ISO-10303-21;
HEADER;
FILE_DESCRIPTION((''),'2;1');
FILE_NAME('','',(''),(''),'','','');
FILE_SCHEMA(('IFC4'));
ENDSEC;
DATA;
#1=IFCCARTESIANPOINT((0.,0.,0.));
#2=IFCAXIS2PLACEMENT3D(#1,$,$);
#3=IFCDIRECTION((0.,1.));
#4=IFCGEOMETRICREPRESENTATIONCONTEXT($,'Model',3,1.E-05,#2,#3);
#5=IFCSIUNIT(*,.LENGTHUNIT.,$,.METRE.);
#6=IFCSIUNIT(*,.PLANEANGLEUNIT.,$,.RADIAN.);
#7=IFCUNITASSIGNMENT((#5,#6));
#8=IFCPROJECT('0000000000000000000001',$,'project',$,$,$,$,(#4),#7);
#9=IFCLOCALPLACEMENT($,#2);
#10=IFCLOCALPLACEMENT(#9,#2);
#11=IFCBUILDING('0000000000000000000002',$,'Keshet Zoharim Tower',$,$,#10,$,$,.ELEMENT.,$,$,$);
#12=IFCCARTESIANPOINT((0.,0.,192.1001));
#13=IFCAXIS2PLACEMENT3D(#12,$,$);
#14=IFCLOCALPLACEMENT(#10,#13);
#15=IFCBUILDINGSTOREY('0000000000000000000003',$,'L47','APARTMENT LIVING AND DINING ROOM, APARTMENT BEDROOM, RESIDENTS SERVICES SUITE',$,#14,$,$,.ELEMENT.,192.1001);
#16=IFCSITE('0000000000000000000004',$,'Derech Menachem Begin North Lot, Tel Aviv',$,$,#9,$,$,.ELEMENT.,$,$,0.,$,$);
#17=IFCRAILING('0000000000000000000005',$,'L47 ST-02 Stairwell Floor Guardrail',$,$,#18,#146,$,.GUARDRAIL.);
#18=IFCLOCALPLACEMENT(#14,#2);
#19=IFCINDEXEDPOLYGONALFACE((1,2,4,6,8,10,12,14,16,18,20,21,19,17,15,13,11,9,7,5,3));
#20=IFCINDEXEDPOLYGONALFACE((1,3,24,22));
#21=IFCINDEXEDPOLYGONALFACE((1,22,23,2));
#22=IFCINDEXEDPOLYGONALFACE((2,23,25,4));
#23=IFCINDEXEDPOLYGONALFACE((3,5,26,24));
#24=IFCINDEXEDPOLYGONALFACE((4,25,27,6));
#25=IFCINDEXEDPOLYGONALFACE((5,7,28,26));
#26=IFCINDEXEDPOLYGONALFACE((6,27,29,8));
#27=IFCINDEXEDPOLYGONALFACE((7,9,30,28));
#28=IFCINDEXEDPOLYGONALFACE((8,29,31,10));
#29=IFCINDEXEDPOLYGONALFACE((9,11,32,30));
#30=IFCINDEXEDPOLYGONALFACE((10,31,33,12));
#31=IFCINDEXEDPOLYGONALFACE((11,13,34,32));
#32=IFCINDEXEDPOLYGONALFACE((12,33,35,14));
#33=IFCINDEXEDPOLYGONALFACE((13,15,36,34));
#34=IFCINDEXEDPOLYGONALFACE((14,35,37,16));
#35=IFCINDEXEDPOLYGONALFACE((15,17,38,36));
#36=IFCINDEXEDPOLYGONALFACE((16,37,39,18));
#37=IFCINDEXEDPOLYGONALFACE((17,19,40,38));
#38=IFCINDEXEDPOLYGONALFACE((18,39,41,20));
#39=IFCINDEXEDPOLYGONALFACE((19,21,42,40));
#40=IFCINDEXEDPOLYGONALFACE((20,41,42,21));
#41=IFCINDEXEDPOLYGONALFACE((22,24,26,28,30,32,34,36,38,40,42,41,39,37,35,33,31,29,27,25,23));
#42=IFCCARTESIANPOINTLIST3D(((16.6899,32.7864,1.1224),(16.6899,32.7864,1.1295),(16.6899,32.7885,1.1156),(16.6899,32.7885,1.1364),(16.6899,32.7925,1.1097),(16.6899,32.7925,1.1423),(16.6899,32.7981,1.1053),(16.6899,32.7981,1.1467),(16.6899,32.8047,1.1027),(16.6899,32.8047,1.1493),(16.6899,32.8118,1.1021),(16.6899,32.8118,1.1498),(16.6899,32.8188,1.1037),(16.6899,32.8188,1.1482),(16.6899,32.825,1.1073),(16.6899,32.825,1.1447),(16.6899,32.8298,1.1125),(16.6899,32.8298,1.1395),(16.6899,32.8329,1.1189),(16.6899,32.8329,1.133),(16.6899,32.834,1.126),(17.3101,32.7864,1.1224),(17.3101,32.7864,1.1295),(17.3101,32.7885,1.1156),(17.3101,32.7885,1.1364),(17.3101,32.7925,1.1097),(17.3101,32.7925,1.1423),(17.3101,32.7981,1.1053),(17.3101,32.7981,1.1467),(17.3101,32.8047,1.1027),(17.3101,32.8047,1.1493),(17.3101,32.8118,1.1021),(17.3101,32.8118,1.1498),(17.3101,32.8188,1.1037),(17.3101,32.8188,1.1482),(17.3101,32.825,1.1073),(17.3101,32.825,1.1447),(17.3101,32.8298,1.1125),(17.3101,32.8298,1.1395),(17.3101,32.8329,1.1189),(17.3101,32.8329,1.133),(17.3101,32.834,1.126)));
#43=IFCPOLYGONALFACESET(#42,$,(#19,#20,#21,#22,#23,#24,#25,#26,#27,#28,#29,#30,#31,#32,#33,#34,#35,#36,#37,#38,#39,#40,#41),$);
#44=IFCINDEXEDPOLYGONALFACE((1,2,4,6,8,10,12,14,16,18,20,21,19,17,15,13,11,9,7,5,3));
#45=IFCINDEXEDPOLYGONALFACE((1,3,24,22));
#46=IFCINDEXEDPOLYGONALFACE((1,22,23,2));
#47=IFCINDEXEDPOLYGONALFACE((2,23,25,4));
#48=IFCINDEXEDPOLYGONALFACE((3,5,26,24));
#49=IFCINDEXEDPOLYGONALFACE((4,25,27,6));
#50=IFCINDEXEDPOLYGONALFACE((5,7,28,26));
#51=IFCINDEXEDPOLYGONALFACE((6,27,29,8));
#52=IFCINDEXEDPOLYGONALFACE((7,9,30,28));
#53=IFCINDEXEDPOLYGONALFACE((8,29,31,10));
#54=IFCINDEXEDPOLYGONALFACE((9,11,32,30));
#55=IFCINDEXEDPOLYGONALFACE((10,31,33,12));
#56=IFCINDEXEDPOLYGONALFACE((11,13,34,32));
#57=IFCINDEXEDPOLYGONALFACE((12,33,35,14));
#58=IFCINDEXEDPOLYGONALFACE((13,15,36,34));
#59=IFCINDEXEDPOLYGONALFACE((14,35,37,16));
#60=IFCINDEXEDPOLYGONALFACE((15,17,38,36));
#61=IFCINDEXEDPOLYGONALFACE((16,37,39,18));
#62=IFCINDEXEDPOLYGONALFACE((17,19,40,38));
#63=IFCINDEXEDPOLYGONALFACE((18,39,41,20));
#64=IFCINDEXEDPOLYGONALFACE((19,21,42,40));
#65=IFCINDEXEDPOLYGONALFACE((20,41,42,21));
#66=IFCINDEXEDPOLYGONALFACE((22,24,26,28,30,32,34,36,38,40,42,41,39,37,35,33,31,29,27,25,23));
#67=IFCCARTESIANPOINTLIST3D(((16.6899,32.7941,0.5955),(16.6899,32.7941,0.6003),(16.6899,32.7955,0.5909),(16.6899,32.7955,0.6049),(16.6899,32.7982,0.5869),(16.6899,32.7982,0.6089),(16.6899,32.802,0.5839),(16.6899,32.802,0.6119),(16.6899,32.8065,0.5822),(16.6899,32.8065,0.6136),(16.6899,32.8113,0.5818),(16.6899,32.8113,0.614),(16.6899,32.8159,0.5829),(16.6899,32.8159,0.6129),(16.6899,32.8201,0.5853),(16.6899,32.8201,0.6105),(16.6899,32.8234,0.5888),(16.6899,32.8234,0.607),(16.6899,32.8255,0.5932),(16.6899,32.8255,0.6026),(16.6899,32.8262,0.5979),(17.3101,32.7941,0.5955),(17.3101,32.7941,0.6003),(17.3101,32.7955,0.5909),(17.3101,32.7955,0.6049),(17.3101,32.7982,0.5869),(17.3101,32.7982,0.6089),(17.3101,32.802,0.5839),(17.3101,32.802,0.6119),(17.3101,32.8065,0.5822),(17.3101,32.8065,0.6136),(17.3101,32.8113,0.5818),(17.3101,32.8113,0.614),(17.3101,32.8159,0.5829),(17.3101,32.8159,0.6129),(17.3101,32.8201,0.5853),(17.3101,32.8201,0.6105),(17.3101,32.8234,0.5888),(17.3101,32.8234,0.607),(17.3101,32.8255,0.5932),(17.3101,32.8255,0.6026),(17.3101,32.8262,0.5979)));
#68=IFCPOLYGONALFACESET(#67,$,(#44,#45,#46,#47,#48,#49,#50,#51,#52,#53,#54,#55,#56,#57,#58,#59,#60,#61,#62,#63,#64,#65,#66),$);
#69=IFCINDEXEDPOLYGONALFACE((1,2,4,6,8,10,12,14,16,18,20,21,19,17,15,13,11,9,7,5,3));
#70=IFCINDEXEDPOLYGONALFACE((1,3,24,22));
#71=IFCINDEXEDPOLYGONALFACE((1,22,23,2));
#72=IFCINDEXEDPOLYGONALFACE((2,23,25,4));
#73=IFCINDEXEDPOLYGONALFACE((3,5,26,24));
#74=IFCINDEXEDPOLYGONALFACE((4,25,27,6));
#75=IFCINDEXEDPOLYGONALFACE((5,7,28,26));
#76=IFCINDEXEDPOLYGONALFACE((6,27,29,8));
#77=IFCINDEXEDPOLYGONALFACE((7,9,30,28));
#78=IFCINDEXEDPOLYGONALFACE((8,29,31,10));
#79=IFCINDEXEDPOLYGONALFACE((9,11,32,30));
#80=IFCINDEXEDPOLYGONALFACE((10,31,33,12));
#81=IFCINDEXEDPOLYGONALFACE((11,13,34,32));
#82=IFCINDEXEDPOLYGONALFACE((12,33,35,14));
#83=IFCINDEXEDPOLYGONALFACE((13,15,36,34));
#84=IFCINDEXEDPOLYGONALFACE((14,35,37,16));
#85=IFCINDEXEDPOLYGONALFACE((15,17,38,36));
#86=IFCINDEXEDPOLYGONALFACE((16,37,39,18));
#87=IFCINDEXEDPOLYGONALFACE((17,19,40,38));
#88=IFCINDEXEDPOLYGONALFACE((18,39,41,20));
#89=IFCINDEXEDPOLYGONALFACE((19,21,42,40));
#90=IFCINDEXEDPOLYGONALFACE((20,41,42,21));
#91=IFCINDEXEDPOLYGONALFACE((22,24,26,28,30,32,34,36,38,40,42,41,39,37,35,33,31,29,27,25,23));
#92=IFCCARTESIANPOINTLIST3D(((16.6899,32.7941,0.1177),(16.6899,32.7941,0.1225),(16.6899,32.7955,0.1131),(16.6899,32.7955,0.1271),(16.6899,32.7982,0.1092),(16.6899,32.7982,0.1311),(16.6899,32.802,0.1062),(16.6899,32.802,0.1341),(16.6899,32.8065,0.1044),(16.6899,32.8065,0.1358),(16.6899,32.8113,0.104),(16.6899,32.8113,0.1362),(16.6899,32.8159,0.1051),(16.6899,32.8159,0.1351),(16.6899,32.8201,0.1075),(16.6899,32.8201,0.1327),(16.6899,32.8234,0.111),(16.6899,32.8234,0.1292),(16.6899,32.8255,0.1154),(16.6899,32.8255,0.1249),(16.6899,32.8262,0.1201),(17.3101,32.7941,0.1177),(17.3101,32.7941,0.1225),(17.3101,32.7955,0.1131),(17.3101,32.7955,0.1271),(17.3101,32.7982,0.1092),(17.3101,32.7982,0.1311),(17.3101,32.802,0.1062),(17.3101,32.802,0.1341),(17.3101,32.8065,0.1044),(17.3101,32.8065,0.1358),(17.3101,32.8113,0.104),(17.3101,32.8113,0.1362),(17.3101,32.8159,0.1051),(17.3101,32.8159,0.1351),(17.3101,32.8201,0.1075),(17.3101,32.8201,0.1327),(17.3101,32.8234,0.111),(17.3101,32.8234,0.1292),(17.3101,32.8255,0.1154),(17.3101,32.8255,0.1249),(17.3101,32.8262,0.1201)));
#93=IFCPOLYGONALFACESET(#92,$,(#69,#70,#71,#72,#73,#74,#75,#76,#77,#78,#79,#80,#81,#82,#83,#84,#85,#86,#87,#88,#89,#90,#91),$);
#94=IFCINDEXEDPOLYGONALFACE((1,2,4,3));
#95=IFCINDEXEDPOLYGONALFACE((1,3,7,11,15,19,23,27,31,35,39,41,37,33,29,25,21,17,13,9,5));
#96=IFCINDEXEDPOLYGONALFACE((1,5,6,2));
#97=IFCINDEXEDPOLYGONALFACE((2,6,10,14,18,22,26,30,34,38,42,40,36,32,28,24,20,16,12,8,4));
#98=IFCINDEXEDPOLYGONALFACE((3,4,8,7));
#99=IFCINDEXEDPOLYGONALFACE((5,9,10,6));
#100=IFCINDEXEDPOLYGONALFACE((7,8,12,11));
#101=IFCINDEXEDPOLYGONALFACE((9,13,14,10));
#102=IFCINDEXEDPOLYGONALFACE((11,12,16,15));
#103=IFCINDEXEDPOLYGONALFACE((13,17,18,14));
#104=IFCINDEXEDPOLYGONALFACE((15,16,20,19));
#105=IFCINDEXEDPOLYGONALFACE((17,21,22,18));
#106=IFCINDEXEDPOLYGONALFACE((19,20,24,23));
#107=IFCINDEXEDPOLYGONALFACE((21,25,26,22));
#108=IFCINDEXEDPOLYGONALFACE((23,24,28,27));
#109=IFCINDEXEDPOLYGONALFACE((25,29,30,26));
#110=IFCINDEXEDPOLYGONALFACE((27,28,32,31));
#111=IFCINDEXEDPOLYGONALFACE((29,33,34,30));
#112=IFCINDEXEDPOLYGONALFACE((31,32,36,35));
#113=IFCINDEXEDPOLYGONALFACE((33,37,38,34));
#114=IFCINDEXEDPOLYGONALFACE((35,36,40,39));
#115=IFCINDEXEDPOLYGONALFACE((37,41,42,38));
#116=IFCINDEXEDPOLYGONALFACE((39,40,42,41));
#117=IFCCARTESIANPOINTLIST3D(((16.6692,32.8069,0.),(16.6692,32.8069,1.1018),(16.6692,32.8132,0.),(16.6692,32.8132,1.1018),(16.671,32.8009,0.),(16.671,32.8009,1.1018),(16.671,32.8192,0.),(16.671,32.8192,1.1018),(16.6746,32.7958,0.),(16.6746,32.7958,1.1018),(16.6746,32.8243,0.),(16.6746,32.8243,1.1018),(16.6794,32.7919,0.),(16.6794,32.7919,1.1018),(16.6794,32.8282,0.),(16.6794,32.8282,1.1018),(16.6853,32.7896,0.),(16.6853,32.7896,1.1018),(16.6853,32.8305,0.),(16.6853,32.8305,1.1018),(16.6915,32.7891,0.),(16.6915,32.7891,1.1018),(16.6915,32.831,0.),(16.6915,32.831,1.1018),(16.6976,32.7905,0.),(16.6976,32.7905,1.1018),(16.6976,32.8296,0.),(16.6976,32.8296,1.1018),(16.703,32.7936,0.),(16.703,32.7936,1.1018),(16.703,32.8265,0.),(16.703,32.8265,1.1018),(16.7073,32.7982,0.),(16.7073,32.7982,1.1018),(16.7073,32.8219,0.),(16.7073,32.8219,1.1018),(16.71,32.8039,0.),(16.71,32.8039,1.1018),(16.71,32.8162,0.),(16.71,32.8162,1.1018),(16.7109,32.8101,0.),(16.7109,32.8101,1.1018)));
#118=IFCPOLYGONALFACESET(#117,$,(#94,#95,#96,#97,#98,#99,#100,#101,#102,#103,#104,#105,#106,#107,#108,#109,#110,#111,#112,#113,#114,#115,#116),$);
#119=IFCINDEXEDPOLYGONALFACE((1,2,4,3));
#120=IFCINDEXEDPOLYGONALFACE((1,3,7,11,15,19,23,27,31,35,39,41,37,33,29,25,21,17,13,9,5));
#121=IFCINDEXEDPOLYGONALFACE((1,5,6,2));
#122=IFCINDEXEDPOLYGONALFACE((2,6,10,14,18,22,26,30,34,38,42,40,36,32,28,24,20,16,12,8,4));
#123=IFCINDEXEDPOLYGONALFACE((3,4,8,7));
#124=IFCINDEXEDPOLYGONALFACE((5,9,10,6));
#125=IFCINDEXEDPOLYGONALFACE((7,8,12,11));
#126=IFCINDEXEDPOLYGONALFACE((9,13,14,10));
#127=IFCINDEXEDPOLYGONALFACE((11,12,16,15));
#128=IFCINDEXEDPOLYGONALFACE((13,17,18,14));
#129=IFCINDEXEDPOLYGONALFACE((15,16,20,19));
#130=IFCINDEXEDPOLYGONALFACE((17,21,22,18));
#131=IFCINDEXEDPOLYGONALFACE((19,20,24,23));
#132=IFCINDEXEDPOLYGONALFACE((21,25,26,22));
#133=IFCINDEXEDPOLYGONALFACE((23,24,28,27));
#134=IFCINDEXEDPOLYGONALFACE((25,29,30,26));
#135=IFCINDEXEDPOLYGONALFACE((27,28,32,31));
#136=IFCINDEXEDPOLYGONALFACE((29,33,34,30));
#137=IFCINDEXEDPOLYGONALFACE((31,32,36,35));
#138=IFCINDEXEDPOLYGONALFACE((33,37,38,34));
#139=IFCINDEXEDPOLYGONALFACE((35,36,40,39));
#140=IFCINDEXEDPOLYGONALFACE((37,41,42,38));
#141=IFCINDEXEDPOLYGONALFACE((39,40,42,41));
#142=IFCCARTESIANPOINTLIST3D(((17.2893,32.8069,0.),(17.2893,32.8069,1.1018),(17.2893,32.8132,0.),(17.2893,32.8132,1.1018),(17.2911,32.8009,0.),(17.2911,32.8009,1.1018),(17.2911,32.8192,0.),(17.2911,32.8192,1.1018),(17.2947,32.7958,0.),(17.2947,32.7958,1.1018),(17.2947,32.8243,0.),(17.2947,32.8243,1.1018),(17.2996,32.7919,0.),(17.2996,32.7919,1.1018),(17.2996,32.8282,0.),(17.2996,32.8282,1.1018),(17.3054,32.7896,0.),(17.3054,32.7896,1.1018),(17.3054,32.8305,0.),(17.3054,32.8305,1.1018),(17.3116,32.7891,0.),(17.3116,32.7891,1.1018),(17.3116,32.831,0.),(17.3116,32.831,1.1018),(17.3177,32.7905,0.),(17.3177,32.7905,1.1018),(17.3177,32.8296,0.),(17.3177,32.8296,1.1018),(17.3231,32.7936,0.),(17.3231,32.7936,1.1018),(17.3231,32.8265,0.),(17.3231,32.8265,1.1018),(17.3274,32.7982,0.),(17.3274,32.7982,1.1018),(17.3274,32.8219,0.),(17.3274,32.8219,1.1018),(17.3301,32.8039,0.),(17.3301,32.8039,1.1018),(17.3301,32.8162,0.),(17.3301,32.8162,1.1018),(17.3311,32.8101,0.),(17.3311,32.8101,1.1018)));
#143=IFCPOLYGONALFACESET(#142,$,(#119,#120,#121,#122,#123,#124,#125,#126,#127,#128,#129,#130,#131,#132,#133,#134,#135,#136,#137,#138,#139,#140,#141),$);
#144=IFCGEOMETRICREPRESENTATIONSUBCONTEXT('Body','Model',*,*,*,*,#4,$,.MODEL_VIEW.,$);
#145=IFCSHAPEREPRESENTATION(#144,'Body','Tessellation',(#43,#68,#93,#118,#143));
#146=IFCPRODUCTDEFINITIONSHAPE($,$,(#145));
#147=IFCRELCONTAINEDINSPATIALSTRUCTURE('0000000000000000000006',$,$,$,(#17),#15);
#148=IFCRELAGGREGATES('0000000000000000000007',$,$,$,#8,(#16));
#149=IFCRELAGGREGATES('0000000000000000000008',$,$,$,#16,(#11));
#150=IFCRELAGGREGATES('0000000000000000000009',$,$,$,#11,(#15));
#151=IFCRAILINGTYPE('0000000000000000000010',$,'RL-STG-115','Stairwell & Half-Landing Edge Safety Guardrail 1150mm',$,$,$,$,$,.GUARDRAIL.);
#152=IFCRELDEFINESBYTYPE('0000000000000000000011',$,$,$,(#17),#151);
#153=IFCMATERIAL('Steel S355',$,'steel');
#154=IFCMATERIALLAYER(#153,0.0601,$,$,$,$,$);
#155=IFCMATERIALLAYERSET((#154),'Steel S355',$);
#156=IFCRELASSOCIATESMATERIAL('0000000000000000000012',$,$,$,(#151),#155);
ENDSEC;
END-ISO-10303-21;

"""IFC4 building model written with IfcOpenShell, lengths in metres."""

from ifc_helpers import new_model, si_unit, direction, frame, origin, origin_2d, place, context, subcontext, project, spatial, circle, extrude, material, layer, layer_set, type_object, element, save


model = new_model("IFC4")

# Units and contexts
model_context = context("Model", 3, precision=1e-05, world=origin(), true_north=direction((0.0, 1.0)))
body_context = subcontext(model_context, "Body", "Model", "MODEL_VIEW")
ifc_project = project(units=[si_unit("LENGTHUNIT", "METRE"), si_unit("PLANEANGLEUNIT", "RADIAN")], contexts=[model_context])

# Site, building, storey
site_placement = place(None, origin())
site = spatial("IfcSite", under=ifc_project, at=site_placement, Name="Derech Menachem Begin North Lot, Tel Aviv", CompositionType="ELEMENT", RefElevation=0.0)
building_placement = place(site_placement, origin())
building = spatial("IfcBuilding", under=site, at=building_placement, Name="Keshet Zoharim Tower", CompositionType="ELEMENT")
storey_placement = place(building_placement, frame((0.0, 0.0, 192.1001)))
storey = spatial("IfcBuildingStorey", under=building, at=storey_placement, Name="L47", Description="APARTMENT LIVING AND DINING ROOM, APARTMENT BEDROOM, RESIDENTS SERVICES SUITE", CompositionType="ELEMENT", Elevation=192.1001)

# Shared definitions
ifc_material_1 = material(Name="Steel S355", Category="steel")

# Railing
ifc_layer_1 = layer(ifc_material_1, 0.0601)
ifc_layer_set_1 = layer_set([ifc_layer_1], Name="Steel S355")
railing_type_1 = type_object("IfcRailingType", Name="RL-STG-115", Description="Stairwell & Half-Landing Edge Safety Guardrail 1150mm", PredefinedType="GUARDRAIL", material=ifc_layer_set_1)
railing_1_placement = place(storey_placement, frame((16.6899, 32.8101, 0.0)))
element("IfcRailing", 1, at=railing_1_placement, inside=storey, type_object=railing_type_1, Name="L47 ST-02 Stairwell Floor Guardrail", PredefinedType="GUARDRAIL", context=body_context, shape_type="SweptSolid", body=[
    extrude(circle(Radius=0.0239, at=origin_2d()), frame((0.0, 0.0, 1.126), z_axis=(1.0, 0.0, 0.0), x_axis=(0.0, 1.0, 0.0)), (0.0, 0.0, 1.0), 0.6201),
    extrude(circle(Radius=0.0161, at=origin_2d()), frame((0.0, 0.0, 0.5979), z_axis=(1.0, 0.0, 0.0), x_axis=(0.0, 1.0, 0.0)), (0.0, 0.0, 1.0), 0.6201),
    extrude(circle(Radius=0.0161, at=origin_2d()), frame((0.0, 0.0, 0.1201), z_axis=(1.0, 0.0, 0.0), x_axis=(0.0, 1.0, 0.0)), (0.0, 0.0, 1.0), 0.6201),
    extrude(circle(Radius=0.021, at=origin_2d()), origin(), (0.0, 0.0, 1.0), 1.1018),
    extrude(circle(Radius=0.021, at=origin_2d()), frame((0.6201, 0.0, 0.0)), (0.0, 0.0, 1.0), 1.1018),
])

save(model, "model.ifc")
